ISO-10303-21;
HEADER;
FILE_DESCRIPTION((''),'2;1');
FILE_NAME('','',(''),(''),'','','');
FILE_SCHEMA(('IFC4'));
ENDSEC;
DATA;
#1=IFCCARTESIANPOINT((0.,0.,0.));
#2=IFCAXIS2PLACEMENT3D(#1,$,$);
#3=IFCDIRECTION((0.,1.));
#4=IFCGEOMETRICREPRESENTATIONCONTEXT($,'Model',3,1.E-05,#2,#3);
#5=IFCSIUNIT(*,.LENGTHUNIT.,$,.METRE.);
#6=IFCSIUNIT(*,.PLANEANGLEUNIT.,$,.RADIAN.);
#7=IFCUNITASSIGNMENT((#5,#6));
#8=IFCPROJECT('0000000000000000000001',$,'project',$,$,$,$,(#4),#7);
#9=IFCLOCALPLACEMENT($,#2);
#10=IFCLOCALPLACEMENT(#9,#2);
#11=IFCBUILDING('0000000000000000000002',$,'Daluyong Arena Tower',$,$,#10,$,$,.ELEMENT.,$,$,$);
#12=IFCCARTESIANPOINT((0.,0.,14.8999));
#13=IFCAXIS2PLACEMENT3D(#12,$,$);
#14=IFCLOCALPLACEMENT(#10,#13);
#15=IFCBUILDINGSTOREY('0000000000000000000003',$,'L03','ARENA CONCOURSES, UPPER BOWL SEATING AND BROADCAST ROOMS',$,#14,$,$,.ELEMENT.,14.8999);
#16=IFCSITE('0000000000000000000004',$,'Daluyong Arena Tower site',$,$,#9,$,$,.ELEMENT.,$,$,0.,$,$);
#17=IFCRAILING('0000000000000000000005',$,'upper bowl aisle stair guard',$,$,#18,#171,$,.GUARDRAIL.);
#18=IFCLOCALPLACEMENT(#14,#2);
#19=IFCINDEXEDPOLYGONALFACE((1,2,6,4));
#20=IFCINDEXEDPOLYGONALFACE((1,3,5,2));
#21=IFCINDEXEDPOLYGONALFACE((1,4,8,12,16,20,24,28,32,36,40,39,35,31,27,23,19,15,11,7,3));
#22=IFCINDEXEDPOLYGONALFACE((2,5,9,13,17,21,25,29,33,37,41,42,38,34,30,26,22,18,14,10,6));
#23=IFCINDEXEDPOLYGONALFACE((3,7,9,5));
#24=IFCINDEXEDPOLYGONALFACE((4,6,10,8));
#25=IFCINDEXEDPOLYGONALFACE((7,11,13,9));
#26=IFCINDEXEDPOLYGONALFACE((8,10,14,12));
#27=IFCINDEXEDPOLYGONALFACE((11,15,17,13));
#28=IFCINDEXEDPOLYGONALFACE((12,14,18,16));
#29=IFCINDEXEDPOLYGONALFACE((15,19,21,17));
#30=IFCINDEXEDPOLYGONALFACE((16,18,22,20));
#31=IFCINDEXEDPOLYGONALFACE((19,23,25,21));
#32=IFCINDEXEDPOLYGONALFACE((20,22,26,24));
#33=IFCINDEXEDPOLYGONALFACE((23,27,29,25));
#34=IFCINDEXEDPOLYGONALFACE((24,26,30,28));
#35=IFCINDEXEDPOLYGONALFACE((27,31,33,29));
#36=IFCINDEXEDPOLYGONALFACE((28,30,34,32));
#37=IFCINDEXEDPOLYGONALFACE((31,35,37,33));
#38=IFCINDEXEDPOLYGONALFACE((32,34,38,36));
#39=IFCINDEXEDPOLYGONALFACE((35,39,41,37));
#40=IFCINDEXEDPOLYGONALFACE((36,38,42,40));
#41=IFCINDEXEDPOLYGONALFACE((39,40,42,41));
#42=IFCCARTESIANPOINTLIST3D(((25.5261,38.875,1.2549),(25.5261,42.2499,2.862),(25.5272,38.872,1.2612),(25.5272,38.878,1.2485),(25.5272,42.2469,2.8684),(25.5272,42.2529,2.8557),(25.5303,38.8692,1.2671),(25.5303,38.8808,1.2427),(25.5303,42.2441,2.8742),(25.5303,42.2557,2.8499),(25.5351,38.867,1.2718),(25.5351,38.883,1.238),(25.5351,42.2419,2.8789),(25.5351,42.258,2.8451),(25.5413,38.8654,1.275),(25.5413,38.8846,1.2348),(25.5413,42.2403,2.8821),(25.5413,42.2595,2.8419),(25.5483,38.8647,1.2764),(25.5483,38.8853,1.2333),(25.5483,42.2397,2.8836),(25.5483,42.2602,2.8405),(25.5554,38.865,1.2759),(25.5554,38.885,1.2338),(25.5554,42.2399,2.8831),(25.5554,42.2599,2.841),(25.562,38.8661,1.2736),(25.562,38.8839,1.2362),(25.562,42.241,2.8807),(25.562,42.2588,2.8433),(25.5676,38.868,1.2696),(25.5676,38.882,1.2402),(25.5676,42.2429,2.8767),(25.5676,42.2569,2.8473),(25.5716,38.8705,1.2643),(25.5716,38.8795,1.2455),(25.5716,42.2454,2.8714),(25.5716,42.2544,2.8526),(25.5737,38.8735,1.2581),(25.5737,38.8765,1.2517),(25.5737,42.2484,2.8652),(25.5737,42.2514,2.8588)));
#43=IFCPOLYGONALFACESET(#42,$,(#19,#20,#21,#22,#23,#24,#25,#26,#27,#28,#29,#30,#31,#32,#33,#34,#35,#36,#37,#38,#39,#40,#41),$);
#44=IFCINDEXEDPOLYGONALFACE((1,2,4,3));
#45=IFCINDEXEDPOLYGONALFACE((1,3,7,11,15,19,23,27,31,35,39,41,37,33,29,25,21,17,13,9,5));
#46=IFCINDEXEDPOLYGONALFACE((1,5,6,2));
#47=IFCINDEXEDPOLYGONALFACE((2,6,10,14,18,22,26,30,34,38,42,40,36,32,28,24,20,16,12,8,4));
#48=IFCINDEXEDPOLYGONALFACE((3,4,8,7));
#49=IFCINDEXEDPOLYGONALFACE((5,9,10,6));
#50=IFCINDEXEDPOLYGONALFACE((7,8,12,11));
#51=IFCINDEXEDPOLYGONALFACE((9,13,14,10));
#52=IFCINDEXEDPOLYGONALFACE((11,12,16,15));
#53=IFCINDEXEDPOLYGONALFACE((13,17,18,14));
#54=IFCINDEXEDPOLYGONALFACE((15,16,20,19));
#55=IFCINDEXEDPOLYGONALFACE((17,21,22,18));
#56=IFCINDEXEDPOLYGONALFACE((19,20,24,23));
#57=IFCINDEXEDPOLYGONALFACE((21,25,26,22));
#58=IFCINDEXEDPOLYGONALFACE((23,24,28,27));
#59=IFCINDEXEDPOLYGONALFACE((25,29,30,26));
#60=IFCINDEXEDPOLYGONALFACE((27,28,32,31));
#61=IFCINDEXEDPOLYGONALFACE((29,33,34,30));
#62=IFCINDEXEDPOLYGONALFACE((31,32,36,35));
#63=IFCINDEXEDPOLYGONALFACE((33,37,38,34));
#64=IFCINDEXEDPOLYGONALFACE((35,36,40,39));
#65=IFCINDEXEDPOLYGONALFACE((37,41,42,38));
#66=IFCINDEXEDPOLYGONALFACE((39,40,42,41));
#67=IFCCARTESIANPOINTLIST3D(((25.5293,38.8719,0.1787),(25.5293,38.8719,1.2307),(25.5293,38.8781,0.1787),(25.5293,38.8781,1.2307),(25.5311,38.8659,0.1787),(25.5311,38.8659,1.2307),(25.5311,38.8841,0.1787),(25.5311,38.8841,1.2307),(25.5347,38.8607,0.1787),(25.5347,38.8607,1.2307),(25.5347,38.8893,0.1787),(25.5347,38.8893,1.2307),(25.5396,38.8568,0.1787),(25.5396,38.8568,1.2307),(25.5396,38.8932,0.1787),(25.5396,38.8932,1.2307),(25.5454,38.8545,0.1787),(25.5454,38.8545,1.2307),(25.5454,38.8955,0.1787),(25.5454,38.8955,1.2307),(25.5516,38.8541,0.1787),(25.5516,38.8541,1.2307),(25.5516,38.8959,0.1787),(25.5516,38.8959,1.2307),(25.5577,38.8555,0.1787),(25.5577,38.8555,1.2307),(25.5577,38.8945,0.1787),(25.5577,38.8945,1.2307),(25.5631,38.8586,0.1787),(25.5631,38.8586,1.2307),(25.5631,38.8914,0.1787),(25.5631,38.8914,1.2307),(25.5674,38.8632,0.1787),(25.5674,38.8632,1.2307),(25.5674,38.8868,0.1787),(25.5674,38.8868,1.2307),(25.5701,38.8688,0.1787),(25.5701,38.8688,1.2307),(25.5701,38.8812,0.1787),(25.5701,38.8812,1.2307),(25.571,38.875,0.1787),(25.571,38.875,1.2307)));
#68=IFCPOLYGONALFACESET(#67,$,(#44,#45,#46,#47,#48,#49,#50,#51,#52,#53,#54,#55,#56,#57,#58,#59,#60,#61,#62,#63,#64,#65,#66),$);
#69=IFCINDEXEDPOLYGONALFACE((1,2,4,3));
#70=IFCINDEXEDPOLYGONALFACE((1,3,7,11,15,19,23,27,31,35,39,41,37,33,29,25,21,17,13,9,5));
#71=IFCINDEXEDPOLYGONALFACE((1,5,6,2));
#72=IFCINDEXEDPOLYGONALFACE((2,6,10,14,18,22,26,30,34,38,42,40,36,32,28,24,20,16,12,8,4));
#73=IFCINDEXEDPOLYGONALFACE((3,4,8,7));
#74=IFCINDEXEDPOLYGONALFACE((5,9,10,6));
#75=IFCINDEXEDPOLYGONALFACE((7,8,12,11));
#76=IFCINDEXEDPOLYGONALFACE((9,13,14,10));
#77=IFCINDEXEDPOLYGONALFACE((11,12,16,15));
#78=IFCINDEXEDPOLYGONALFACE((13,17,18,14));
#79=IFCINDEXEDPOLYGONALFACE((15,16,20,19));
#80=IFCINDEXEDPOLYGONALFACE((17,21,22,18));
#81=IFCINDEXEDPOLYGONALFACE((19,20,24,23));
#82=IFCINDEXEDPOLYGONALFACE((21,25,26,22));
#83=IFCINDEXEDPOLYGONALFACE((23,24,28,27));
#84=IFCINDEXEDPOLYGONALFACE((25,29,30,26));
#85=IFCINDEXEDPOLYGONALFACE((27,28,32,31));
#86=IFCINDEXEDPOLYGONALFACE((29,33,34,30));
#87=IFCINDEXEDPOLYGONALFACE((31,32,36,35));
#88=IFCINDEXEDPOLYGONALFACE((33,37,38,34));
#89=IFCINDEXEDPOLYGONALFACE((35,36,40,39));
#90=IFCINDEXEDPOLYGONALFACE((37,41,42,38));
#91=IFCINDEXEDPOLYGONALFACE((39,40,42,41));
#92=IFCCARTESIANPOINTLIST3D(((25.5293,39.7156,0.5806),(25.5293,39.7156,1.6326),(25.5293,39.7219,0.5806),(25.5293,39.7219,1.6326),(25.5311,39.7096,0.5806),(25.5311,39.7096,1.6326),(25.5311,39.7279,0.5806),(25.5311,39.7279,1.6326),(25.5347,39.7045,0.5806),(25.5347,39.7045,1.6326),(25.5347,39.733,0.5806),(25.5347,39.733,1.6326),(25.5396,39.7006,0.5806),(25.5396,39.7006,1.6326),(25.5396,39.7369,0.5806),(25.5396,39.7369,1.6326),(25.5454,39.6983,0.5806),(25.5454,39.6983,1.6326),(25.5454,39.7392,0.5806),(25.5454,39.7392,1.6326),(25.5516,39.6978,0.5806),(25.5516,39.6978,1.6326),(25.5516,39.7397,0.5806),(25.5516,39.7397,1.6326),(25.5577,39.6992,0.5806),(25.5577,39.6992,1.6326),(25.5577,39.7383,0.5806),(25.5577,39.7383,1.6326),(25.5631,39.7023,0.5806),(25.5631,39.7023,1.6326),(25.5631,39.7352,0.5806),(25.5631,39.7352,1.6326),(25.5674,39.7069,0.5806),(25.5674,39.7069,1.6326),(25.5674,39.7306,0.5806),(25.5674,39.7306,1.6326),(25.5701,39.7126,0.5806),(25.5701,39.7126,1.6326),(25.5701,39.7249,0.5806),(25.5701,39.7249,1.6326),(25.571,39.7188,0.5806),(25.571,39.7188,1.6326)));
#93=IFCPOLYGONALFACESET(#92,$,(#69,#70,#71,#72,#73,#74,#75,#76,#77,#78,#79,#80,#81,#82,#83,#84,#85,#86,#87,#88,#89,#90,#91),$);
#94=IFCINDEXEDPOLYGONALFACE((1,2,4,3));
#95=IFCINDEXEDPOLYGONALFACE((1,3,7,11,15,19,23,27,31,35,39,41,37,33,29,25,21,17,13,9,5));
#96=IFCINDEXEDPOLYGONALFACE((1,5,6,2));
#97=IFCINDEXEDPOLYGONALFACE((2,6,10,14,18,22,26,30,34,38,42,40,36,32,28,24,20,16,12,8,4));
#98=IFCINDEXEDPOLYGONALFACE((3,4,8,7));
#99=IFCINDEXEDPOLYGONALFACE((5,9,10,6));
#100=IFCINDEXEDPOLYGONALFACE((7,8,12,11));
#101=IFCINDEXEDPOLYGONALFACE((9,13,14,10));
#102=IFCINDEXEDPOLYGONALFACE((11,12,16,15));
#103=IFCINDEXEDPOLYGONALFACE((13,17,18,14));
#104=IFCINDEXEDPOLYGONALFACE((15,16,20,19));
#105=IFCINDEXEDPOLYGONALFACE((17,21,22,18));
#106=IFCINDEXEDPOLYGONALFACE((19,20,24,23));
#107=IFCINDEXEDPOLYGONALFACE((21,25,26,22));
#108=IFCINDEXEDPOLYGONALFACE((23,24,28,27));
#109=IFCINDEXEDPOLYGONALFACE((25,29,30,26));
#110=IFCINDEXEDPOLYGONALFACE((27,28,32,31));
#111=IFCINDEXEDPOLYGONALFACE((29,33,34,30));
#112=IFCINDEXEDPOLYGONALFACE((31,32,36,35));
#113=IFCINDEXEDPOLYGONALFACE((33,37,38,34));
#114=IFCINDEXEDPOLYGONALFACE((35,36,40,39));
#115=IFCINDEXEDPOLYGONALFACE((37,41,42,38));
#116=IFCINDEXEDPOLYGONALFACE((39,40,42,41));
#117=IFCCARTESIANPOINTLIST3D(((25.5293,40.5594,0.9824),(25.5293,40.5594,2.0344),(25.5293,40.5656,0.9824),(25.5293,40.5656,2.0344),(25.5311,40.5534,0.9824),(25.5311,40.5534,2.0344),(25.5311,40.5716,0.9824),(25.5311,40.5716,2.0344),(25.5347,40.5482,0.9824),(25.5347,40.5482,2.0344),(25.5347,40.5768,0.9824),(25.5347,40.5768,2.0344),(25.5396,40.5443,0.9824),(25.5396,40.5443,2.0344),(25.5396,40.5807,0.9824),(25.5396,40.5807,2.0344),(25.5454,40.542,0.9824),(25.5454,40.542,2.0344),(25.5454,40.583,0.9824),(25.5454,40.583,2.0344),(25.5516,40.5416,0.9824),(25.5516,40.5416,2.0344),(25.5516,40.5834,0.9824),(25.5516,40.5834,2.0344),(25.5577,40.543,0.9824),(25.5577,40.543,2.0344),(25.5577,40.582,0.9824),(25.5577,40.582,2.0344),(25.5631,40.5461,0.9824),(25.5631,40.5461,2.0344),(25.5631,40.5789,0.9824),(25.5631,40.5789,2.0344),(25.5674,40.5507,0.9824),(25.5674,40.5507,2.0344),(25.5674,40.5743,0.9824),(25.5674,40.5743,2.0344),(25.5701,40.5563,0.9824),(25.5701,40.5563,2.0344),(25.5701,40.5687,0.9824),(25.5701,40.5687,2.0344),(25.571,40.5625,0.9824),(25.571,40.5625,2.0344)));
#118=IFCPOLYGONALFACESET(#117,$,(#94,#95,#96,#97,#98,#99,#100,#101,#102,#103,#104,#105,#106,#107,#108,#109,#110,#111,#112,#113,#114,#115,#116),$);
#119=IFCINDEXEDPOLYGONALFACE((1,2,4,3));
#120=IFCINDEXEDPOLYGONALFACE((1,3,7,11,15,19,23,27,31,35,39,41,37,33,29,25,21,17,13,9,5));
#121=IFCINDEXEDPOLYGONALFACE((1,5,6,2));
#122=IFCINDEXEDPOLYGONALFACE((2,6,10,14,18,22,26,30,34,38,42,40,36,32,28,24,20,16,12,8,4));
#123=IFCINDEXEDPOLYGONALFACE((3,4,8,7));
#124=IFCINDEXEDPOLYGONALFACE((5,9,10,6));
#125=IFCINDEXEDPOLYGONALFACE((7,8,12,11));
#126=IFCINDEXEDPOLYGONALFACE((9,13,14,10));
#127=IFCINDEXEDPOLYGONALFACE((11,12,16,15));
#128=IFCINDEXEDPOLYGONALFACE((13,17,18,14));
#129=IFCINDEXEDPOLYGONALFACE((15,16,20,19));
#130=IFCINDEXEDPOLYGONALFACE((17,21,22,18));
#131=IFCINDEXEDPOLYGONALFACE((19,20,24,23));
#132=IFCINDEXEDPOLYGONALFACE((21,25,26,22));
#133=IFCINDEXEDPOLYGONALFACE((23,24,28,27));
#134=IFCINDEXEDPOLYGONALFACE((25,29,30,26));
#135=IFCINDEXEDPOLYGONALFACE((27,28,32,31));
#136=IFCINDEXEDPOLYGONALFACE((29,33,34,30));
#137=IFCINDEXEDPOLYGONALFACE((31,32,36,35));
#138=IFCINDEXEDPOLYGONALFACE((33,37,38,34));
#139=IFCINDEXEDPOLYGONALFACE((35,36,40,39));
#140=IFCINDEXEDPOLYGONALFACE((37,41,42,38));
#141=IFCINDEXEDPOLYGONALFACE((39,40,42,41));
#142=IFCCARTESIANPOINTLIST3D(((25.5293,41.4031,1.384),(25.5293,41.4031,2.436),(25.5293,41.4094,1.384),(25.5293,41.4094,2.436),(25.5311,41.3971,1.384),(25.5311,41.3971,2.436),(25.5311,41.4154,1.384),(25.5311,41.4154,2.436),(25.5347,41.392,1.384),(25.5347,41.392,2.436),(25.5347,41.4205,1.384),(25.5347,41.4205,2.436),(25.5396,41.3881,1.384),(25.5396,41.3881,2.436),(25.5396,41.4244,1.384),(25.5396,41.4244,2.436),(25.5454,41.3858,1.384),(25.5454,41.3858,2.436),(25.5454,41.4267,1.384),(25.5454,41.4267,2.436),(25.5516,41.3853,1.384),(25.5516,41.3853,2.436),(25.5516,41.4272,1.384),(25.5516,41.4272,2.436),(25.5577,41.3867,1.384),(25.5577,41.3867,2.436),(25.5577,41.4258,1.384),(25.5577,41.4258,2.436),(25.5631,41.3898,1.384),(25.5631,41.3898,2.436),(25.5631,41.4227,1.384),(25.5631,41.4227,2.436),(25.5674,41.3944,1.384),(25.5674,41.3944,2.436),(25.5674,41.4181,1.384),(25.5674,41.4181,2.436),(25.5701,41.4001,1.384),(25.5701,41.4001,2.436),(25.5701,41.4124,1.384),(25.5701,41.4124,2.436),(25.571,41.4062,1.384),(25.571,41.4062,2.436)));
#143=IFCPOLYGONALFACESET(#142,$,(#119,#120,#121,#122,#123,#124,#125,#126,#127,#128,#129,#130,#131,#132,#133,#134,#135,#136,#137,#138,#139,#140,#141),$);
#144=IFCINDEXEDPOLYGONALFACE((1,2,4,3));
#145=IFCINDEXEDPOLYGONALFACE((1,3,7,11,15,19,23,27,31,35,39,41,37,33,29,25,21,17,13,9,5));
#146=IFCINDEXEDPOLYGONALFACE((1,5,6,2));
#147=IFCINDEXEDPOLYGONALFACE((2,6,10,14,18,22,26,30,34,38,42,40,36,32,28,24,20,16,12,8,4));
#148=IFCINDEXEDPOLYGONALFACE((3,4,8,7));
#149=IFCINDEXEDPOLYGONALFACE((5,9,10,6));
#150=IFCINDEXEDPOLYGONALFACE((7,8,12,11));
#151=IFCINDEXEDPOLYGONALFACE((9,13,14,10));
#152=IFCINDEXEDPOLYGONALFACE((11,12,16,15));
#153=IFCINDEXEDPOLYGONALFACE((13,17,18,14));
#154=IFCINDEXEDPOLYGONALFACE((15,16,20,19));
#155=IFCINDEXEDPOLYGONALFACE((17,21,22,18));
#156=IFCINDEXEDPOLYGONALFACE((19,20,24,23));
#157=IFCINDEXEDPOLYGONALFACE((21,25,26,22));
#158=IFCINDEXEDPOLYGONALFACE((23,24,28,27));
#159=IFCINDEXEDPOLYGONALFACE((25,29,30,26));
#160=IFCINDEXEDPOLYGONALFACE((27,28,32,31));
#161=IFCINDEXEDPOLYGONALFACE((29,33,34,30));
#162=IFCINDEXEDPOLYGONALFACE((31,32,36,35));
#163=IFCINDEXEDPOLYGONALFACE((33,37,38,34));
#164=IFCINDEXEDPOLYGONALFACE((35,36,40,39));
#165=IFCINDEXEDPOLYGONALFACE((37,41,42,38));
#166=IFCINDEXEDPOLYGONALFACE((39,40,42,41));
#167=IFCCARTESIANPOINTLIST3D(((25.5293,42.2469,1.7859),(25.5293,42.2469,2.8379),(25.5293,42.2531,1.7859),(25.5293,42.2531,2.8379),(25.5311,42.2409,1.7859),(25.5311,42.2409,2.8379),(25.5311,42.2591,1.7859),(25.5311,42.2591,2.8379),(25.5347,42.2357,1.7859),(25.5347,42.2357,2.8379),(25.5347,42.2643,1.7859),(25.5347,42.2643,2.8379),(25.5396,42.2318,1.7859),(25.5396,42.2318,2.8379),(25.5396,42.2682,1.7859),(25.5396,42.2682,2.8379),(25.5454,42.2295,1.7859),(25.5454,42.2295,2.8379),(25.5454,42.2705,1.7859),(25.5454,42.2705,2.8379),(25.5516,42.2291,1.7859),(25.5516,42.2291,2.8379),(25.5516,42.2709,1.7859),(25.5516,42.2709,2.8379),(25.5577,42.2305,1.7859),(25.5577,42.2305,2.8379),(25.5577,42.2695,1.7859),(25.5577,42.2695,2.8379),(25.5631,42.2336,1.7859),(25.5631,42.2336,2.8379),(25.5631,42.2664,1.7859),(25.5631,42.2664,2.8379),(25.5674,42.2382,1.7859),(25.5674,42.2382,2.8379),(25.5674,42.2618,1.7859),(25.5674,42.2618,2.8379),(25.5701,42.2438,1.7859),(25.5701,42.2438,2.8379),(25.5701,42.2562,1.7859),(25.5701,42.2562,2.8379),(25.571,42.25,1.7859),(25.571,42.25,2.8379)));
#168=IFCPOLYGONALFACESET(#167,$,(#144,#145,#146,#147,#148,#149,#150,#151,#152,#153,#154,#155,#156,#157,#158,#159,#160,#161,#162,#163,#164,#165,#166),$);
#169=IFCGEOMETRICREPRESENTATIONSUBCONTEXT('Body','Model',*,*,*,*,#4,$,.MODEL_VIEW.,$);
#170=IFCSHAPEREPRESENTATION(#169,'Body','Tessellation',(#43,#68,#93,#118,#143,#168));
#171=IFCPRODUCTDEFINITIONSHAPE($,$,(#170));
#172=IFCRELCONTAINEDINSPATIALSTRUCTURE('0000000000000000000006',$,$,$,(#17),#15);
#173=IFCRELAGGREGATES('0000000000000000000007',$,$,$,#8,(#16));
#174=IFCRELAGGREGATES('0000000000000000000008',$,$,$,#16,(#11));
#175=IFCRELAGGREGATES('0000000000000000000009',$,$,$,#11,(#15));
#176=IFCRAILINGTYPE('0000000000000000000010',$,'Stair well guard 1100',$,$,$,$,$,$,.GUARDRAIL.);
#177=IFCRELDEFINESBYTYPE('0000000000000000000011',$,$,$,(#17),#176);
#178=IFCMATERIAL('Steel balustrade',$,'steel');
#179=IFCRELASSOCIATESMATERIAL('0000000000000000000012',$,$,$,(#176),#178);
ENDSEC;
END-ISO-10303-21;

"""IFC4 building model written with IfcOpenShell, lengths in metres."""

from ifc_helpers import new_model, si_unit, direction, frame, origin, origin_2d, place, context, subcontext, project, spatial, circle, extrude, material, type_object, element, save


model = new_model("IFC4")

# Units and contexts
model_context = context("Model", 3, precision=1e-05, world=origin(), true_north=direction((0.0, 1.0)))
body_context = subcontext(model_context, "Body", "Model", "MODEL_VIEW")
ifc_project = project(units=[si_unit("LENGTHUNIT", "METRE"), si_unit("PLANEANGLEUNIT", "RADIAN")], contexts=[model_context])

# Site, building, storey
site_placement = place(None, origin())
site = spatial("IfcSite", under=ifc_project, at=site_placement, Name="Daluyong Arena Tower site", CompositionType="ELEMENT", RefElevation=0.0)
building_placement = place(site_placement, origin())
building = spatial("IfcBuilding", under=site, at=building_placement, Name="Daluyong Arena Tower", CompositionType="ELEMENT")
storey_placement = place(building_placement, frame((0.0, 0.0, 14.8999)))
storey = spatial("IfcBuildingStorey", under=building, at=storey_placement, Name="L03", Description="ARENA CONCOURSES, UPPER BOWL SEATING AND BROADCAST ROOMS", CompositionType="ELEMENT", Elevation=14.8999)

# Railing
ifc_material_1 = material(Name="Steel balustrade", Category="steel")
railing_type_1 = type_object("IfcRailingType", Name="Stair well guard 1100", PredefinedType="GUARDRAIL", material=ifc_material_1)
railing_1_placement = place(storey_placement, frame((25.55, 38.875, 0.1787)))
element("IfcRailing", 1, at=railing_1_placement, inside=storey, type_object=railing_type_1, Name="upper bowl aisle stair guard", PredefinedType="GUARDRAIL", context=body_context, shape_type="SweptSolid", body=[
    extrude(circle(Radius=0.0239, at=origin_2d()), frame((0.0, 0.0, 1.0762), z_axis=(0.0, 0.902857, 0.429941), x_axis=(-1.0, 0.0, 0.0)), (0.0, 0.0, 1.0), 3.738),
    extrude(circle(Radius=0.021, at=origin_2d()), origin(), (0.0, 0.0, 1.0), 1.052),
    extrude(circle(Radius=0.021, at=origin_2d()), frame((0.0, 0.8438, 0.4019)), (0.0, 0.0, 1.0), 1.052),
    extrude(circle(Radius=0.021, at=origin_2d()), frame((0.0, 1.6875, 0.8037)), (0.0, 0.0, 1.0), 1.052),
    extrude(circle(Radius=0.021, at=origin_2d()), frame((0.0, 2.5312, 1.2053)), (0.0, 0.0, 1.0), 1.052),
    extrude(circle(Radius=0.021, at=origin_2d()), frame((0.0, 3.375, 1.6072)), (0.0, 0.0, 1.0), 1.052),
])

save(model, "model.ifc")
